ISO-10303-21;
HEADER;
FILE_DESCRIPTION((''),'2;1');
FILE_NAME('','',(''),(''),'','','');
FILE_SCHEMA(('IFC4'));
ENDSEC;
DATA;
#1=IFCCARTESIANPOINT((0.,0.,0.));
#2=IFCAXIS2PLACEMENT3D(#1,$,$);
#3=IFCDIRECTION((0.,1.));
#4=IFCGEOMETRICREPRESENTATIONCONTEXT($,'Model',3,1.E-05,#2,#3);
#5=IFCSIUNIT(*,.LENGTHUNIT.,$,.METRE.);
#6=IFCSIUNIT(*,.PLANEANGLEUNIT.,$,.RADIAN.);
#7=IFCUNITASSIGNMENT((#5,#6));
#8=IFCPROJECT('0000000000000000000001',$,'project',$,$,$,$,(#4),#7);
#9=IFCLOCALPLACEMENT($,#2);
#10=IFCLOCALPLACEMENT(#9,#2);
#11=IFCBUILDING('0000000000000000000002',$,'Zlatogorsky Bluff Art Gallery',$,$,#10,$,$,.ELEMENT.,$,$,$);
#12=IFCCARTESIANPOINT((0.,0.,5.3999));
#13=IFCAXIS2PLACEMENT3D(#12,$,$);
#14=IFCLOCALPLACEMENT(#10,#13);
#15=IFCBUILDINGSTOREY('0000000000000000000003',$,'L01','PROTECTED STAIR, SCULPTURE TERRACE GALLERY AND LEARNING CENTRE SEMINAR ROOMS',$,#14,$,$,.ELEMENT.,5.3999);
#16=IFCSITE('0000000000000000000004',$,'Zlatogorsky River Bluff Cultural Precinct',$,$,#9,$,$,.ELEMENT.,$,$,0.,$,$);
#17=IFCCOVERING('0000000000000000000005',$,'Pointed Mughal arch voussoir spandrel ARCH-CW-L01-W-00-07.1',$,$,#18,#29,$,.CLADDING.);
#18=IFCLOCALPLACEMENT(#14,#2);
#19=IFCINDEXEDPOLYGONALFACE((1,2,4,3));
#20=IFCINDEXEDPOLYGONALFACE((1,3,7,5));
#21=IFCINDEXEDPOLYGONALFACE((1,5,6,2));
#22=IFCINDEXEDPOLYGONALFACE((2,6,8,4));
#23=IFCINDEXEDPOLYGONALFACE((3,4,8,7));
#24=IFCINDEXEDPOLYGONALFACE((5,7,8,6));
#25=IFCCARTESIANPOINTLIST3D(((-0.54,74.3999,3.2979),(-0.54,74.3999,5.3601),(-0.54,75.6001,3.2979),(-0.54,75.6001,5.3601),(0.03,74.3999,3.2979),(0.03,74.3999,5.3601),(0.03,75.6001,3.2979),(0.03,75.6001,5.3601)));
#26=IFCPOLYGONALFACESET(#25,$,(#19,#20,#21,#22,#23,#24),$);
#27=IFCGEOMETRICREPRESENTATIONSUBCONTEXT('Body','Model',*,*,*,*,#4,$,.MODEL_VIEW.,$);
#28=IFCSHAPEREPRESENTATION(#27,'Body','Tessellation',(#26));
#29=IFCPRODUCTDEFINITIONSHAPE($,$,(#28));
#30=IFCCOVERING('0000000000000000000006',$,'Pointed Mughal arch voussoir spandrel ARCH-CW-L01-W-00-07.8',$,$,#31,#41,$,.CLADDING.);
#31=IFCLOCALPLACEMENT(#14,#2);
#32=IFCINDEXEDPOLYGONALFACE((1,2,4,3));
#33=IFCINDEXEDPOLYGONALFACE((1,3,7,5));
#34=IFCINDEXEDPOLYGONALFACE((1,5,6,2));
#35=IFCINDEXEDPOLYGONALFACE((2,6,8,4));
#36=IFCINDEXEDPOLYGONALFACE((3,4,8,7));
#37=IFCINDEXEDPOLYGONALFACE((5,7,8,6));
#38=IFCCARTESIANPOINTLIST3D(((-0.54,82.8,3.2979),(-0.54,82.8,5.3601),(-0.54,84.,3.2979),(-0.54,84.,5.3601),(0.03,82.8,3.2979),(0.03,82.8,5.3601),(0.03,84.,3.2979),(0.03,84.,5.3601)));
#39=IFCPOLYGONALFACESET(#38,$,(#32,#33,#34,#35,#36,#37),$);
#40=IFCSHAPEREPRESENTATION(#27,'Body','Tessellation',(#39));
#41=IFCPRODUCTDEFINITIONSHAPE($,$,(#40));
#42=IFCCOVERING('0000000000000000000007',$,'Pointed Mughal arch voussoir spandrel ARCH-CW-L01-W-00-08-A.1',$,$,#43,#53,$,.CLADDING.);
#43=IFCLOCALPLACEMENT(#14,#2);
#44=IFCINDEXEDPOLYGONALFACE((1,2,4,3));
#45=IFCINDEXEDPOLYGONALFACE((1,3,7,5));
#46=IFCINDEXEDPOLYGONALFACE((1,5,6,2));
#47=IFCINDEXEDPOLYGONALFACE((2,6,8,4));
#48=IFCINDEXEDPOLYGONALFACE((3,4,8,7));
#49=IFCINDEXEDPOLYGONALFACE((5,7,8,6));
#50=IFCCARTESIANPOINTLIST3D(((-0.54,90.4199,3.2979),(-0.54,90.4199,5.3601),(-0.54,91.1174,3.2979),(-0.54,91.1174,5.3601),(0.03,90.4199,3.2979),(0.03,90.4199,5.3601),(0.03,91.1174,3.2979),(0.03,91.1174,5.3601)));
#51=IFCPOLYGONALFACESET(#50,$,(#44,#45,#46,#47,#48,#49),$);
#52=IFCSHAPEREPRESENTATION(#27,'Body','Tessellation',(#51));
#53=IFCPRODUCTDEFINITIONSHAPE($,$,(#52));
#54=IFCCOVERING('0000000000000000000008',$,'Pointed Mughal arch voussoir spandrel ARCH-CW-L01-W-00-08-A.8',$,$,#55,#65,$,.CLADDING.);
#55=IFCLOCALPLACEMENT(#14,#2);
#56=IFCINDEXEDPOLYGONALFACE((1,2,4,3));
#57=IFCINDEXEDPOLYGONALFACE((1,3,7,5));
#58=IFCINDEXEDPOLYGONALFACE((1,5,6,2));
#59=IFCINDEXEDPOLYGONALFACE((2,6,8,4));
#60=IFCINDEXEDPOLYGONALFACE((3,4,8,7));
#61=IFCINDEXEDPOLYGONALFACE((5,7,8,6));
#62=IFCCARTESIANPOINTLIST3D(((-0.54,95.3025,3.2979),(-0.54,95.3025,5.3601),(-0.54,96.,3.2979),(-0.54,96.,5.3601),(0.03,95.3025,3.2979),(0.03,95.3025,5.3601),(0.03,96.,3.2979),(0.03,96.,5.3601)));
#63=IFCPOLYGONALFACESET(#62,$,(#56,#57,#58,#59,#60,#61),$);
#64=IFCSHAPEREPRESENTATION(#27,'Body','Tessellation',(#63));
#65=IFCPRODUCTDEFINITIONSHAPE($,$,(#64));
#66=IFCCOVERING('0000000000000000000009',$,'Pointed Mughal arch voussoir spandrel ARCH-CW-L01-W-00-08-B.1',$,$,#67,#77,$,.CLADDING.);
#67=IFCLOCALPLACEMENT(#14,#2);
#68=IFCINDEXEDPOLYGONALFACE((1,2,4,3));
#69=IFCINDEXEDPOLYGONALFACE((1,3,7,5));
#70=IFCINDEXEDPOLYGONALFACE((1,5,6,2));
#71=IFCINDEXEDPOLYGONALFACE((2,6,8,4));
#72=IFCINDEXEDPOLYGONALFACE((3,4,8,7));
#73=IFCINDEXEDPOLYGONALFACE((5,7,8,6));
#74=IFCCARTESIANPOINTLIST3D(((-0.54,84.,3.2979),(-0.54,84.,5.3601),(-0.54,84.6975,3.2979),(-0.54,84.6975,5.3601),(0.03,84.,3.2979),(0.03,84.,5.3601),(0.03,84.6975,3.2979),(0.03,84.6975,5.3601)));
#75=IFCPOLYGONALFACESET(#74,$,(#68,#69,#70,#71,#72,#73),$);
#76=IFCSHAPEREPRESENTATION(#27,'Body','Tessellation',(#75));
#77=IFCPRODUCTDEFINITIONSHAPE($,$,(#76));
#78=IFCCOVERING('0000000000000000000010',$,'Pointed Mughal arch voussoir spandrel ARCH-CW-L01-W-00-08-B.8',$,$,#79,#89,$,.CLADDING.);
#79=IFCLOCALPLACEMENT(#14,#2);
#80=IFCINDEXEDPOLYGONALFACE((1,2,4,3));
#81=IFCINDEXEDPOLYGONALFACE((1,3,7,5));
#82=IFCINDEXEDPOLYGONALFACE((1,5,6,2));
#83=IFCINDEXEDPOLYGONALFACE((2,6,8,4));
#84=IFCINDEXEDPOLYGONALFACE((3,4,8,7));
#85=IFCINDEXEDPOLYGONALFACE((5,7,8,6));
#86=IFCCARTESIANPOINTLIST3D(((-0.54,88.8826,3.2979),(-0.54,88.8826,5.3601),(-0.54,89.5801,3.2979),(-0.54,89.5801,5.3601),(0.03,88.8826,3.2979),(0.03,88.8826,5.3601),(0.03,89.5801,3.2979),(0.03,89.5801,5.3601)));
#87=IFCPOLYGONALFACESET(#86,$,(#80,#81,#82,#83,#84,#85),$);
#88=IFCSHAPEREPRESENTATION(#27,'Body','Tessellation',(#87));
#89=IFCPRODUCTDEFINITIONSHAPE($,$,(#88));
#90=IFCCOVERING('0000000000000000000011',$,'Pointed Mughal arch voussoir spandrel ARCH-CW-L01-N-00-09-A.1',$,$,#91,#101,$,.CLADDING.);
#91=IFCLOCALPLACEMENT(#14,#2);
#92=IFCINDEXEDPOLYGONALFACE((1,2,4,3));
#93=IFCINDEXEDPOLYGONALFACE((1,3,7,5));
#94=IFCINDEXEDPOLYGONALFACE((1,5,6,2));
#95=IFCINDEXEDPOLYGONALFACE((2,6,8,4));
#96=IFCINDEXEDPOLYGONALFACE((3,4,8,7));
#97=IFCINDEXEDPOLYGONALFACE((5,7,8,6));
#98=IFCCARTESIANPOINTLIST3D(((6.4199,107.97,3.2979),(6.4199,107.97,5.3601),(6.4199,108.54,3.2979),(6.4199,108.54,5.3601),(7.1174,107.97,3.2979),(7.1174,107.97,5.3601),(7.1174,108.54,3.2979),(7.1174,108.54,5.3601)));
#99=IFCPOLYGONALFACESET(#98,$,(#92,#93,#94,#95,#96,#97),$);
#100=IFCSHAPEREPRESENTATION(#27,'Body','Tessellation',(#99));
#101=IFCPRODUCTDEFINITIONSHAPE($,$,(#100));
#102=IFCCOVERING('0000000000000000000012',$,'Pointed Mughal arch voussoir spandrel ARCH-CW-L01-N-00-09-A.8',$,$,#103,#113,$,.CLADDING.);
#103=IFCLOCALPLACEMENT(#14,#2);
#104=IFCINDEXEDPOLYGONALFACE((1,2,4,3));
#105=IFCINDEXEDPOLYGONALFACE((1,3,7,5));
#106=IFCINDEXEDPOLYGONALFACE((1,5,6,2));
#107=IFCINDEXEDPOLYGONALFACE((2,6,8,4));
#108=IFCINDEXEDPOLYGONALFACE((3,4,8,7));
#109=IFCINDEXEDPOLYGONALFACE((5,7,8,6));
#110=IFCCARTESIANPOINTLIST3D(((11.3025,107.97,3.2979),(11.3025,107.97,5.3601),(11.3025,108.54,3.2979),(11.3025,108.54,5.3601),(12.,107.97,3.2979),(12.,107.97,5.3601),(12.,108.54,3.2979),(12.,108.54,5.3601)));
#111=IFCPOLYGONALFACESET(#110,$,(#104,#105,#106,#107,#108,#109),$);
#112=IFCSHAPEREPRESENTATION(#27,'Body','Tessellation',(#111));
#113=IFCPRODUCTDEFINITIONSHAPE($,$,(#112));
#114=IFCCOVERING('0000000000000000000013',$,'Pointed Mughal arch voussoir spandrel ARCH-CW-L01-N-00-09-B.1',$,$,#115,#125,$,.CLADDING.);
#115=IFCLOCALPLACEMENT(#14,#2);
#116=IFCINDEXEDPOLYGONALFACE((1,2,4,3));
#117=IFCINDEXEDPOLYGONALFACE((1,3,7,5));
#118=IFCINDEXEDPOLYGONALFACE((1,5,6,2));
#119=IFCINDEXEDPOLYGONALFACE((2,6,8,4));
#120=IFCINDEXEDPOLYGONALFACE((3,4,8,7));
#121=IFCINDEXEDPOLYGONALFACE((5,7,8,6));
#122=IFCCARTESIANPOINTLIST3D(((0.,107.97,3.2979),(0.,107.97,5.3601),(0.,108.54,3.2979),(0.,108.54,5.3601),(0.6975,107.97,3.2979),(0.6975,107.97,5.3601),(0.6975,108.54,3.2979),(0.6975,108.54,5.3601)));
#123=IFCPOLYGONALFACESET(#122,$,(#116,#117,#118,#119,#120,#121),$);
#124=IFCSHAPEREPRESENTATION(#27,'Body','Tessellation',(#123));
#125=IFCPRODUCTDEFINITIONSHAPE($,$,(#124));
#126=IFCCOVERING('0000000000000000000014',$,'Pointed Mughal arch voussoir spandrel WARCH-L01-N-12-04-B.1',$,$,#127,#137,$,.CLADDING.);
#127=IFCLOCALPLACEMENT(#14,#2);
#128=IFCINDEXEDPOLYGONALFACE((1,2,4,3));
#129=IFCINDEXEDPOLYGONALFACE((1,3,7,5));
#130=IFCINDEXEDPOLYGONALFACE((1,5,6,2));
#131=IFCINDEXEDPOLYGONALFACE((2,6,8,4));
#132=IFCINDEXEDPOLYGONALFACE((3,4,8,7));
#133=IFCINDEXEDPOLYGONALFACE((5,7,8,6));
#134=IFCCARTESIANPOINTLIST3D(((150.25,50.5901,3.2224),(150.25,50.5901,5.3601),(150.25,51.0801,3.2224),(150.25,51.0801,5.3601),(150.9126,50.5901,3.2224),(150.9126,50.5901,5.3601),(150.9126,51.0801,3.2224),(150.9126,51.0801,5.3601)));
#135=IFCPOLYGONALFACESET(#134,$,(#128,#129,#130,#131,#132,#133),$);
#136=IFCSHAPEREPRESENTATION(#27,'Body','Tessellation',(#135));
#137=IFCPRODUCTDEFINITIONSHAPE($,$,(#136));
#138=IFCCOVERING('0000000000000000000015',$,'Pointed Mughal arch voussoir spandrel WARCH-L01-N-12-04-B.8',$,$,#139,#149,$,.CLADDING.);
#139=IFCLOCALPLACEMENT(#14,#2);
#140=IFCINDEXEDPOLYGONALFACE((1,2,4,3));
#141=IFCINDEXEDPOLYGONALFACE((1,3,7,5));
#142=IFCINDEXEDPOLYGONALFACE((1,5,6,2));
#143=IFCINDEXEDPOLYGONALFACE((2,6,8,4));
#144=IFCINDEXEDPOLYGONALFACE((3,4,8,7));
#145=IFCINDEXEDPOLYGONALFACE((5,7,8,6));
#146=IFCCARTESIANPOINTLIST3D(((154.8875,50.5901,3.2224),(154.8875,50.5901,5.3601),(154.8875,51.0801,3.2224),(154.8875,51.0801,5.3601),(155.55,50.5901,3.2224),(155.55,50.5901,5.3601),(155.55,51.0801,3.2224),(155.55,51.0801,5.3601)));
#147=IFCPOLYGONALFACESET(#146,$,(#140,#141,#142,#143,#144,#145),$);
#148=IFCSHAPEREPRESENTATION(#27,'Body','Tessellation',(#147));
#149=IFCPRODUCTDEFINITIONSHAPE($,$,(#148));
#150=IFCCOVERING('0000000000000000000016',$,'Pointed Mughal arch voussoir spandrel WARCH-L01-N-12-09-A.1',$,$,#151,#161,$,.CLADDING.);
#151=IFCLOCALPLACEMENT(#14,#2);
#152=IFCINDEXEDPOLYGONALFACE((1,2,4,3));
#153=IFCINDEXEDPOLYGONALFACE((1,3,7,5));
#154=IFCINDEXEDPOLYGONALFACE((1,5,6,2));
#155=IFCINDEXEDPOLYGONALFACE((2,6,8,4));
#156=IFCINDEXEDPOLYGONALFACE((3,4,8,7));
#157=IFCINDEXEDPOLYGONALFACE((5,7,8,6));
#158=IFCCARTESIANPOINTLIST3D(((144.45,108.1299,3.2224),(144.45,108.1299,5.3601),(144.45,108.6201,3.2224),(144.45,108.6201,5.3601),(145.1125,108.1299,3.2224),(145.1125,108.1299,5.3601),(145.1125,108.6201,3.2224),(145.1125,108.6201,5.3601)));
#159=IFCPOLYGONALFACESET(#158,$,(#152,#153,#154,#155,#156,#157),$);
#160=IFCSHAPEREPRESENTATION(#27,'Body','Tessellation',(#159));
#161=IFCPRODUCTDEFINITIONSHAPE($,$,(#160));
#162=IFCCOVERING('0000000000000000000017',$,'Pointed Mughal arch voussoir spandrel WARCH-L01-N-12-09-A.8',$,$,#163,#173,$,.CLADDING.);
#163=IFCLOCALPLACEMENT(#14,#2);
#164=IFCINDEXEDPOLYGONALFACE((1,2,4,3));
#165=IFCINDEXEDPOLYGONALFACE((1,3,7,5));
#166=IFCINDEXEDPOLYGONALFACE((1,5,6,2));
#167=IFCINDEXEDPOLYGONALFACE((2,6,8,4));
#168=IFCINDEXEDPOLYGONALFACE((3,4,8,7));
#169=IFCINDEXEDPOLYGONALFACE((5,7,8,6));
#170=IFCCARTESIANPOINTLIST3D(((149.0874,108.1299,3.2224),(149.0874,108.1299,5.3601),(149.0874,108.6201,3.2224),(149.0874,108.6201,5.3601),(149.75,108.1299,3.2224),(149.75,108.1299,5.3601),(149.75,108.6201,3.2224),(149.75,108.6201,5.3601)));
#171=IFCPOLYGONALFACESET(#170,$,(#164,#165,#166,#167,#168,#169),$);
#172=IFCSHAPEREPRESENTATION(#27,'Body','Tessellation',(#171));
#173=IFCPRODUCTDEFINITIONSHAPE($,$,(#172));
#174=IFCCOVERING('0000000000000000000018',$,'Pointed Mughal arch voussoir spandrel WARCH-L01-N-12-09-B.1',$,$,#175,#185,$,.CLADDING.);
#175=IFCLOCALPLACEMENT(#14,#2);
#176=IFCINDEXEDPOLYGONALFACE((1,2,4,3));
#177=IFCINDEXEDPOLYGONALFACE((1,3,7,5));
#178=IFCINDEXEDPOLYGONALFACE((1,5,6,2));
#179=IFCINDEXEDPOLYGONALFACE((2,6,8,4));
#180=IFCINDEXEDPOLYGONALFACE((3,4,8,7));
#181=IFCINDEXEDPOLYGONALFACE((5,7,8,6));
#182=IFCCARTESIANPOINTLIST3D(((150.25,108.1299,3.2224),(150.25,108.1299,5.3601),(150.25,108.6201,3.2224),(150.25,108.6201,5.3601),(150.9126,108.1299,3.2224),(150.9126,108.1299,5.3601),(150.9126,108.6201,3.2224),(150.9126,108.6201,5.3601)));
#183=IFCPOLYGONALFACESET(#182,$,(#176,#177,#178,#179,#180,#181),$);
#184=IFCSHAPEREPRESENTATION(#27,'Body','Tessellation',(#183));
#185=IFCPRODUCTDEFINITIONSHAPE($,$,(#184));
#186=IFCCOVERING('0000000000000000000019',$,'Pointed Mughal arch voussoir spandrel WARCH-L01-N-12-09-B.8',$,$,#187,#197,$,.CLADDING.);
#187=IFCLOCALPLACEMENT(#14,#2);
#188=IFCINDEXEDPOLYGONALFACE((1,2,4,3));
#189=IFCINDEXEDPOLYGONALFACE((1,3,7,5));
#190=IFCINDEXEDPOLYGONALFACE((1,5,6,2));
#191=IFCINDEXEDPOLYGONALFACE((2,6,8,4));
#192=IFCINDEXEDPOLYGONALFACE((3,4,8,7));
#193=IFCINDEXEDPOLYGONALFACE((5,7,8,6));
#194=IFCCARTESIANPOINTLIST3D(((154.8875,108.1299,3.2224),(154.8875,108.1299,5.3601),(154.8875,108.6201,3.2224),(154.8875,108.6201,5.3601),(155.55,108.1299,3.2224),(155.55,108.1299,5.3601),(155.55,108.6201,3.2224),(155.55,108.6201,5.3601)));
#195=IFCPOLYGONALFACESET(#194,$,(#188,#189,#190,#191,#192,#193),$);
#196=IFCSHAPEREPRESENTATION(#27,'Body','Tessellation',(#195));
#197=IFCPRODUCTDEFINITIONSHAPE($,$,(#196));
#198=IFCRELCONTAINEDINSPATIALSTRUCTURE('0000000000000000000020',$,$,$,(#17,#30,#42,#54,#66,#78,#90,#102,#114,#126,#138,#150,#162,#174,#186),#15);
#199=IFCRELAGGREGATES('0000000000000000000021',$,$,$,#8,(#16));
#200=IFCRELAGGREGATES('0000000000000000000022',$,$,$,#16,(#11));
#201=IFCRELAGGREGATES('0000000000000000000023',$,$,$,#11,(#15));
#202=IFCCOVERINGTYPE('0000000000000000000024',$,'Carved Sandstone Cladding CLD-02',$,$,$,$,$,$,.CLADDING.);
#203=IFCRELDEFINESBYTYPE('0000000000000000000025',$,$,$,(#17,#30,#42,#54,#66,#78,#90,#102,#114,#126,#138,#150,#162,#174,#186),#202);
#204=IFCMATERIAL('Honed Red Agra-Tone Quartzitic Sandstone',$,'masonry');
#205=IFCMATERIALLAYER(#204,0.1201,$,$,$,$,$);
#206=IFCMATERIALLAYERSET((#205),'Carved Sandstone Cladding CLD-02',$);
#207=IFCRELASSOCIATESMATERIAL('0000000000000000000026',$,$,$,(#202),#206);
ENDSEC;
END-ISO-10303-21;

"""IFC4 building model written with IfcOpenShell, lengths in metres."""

from ifc_helpers import new_model, si_unit, direction, frame, origin, place, context, subcontext, project, spatial, polyline, outline, extrude, material, layer, layer_set, type_object, element, save


model = new_model("IFC4")

# Units and contexts
model_context = context("Model", 3, precision=1e-05, world=origin(), true_north=direction((0.0, 1.0)))
body_context = subcontext(model_context, "Body", "Model", "MODEL_VIEW")
ifc_project = project(units=[si_unit("LENGTHUNIT", "METRE"), si_unit("PLANEANGLEUNIT", "RADIAN")], contexts=[model_context])

# Site, building, storey
site_placement = place(None, origin())
site = spatial("IfcSite", under=ifc_project, at=site_placement, Name="Zlatogorsky River Bluff Cultural Precinct", CompositionType="ELEMENT", RefElevation=0.0)
building_placement = place(site_placement, origin())
building = spatial("IfcBuilding", under=site, at=building_placement, Name="Zlatogorsky Bluff Art Gallery", CompositionType="ELEMENT")
storey_placement = place(building_placement, frame((0.0, 0.0, 5.3999)))
storey = spatial("IfcBuildingStorey", under=building, at=storey_placement, Name="L01", Description="PROTECTED STAIR, SCULPTURE TERRACE GALLERY AND LEARNING CENTRE SEMINAR ROOMS", CompositionType="ELEMENT", Elevation=5.3999)

# Coverings
ifc_material = material(Name="Honed Red Agra-Tone Quartzitic Sandstone", Category="masonry")
ifc_layer = layer(ifc_material, 0.1201)
ifc_layer_set = layer_set([ifc_layer], Name="Carved Sandstone Cladding CLD-02")
covering_type = type_object("IfcCoveringType", Name="Carved Sandstone Cladding CLD-02", PredefinedType="CLADDING", material=ifc_layer_set)
covering_1_placement = place(storey_placement, frame((0.0, 0.0, 3.2979)))
element("IfcCovering", 1, at=covering_1_placement, inside=storey, type_object=covering_type, Name="Pointed Mughal arch voussoir spandrel ARCH-CW-L01-W-00-07.1", PredefinedType="CLADDING", context=body_context, shape_type="SweptSolid", body=[
    extrude(outline(polyline([(-0.54, 74.3999), (-0.54, 75.6001), (0.03, 75.6001), (0.03, 74.3999), (-0.54, 74.3999)])), origin(), (0.0, 0.0, 1.0), 2.0623),
])
covering_2_placement = place(storey_placement, frame((0.0, 0.0, 3.2979)))
element("IfcCovering", 2, at=covering_2_placement, inside=storey, type_object=covering_type, Name="Pointed Mughal arch voussoir spandrel ARCH-CW-L01-W-00-07.8", PredefinedType="CLADDING", context=body_context, shape_type="SweptSolid", body=[
    extrude(outline(polyline([(-0.54, 82.8), (-0.54, 84.0), (0.03, 84.0), (0.03, 82.8), (-0.54, 82.8)])), origin(), (0.0, 0.0, 1.0), 2.0623),
])
covering_3_placement = place(storey_placement, frame((0.0, 0.0, 3.2979)))
element("IfcCovering", 3, at=covering_3_placement, inside=storey, type_object=covering_type, Name="Pointed Mughal arch voussoir spandrel ARCH-CW-L01-W-00-08-A.1", PredefinedType="CLADDING", context=body_context, shape_type="SweptSolid", body=[
    extrude(outline(polyline([(-0.54, 90.4199), (-0.54, 91.1174), (0.03, 91.1174), (0.03, 90.4199), (-0.54, 90.4199)])), origin(), (0.0, 0.0, 1.0), 2.0623),
])
covering_4_placement = place(storey_placement, frame((0.0, 0.0, 3.2979)))
element("IfcCovering", 4, at=covering_4_placement, inside=storey, type_object=covering_type, Name="Pointed Mughal arch voussoir spandrel ARCH-CW-L01-W-00-08-A.8", PredefinedType="CLADDING", context=body_context, shape_type="SweptSolid", body=[
    extrude(outline(polyline([(-0.54, 95.3025), (-0.54, 96.0), (0.03, 96.0), (0.03, 95.3025), (-0.54, 95.3025)])), origin(), (0.0, 0.0, 1.0), 2.0623),
])
covering_5_placement = place(storey_placement, frame((0.0, 0.0, 3.2979)))
element("IfcCovering", 5, at=covering_5_placement, inside=storey, type_object=covering_type, Name="Pointed Mughal arch voussoir spandrel ARCH-CW-L01-W-00-08-B.1", PredefinedType="CLADDING", context=body_context, shape_type="SweptSolid", body=[
    extrude(outline(polyline([(-0.54, 84.0), (-0.54, 84.6975), (0.03, 84.6975), (0.03, 84.0), (-0.54, 84.0)])), origin(), (0.0, 0.0, 1.0), 2.0623),
])
covering_6_placement = place(storey_placement, frame((0.0, 0.0, 3.2979)))
element("IfcCovering", 6, at=covering_6_placement, inside=storey, type_object=covering_type, Name="Pointed Mughal arch voussoir spandrel ARCH-CW-L01-W-00-08-B.8", PredefinedType="CLADDING", context=body_context, shape_type="SweptSolid", body=[
    extrude(outline(polyline([(-0.54, 88.8826), (-0.54, 89.5801), (0.03, 89.5801), (0.03, 88.8826), (-0.54, 88.8826)])), origin(), (0.0, 0.0, 1.0), 2.0623),
])
covering_7_placement = place(storey_placement, frame((0.0, 0.0, 3.2979)))
element("IfcCovering", 7, at=covering_7_placement, inside=storey, type_object=covering_type, Name="Pointed Mughal arch voussoir spandrel ARCH-CW-L01-N-00-09-A.1", PredefinedType="CLADDING", context=body_context, shape_type="SweptSolid", body=[
    extrude(outline(polyline([(6.4199, 107.97), (7.1174, 107.97), (7.1174, 108.54), (6.4199, 108.54), (6.4199, 107.97)])), origin(), (0.0, 0.0, 1.0), 2.0623),
])
covering_8_placement = place(storey_placement, frame((0.0, 0.0, 3.2979)))
element("IfcCovering", 8, at=covering_8_placement, inside=storey, type_object=covering_type, Name="Pointed Mughal arch voussoir spandrel ARCH-CW-L01-N-00-09-A.8", PredefinedType="CLADDING", context=body_context, shape_type="SweptSolid", body=[
    extrude(outline(polyline([(11.3025, 107.97), (12.0, 107.97), (12.0, 108.54), (11.3025, 108.54), (11.3025, 107.97)])), origin(), (0.0, 0.0, 1.0), 2.0623),
])
covering_9_placement = place(storey_placement, frame((0.0, 0.0, 3.2979)))
element("IfcCovering", 9, at=covering_9_placement, inside=storey, type_object=covering_type, Name="Pointed Mughal arch voussoir spandrel ARCH-CW-L01-N-00-09-B.1", PredefinedType="CLADDING", context=body_context, shape_type="SweptSolid", body=[
    extrude(outline(polyline([(0.0, 107.97), (0.6975, 107.97), (0.6975, 108.54), (0.0, 108.54), (0.0, 107.97)])), origin(), (0.0, 0.0, 1.0), 2.0623),
])
covering_10_placement = place(storey_placement, frame((0.0, 0.0, 3.2224)))
element("IfcCovering", 10, at=covering_10_placement, inside=storey, type_object=covering_type, Name="Pointed Mughal arch voussoir spandrel WARCH-L01-N-12-04-B.1", PredefinedType="CLADDING", context=body_context, shape_type="SweptSolid", body=[
    extrude(outline(polyline([(150.25, 50.5901), (150.9126, 50.5901), (150.9126, 51.0801), (150.25, 51.0801), (150.25, 50.5901)])), origin(), (0.0, 0.0, 1.0), 2.1377),
])
covering_11_placement = place(storey_placement, frame((0.0, 0.0, 3.2224)))
element("IfcCovering", 11, at=covering_11_placement, inside=storey, type_object=covering_type, Name="Pointed Mughal arch voussoir spandrel WARCH-L01-N-12-04-B.8", PredefinedType="CLADDING", context=body_context, shape_type="SweptSolid", body=[
    extrude(outline(polyline([(154.8875, 50.5901), (155.55, 50.5901), (155.55, 51.0801), (154.8875, 51.0801), (154.8875, 50.5901)])), origin(), (0.0, 0.0, 1.0), 2.1377),
])
covering_12_placement = place(storey_placement, frame((0.0, 0.0, 3.2224)))
element("IfcCovering", 12, at=covering_12_placement, inside=storey, type_object=covering_type, Name="Pointed Mughal arch voussoir spandrel WARCH-L01-N-12-09-A.1", PredefinedType="CLADDING", context=body_context, shape_type="SweptSolid", body=[
    extrude(outline(polyline([(144.45, 108.1299), (145.1125, 108.1299), (145.1125, 108.6201), (144.45, 108.6201), (144.45, 108.1299)])), origin(), (0.0, 0.0, 1.0), 2.1377),
])
covering_13_placement = place(storey_placement, frame((0.0, 0.0, 3.2224)))
element("IfcCovering", 13, at=covering_13_placement, inside=storey, type_object=covering_type, Name="Pointed Mughal arch voussoir spandrel WARCH-L01-N-12-09-A.8", PredefinedType="CLADDING", context=body_context, shape_type="SweptSolid", body=[
    extrude(outline(polyline([(149.0874, 108.1299), (149.75, 108.1299), (149.75, 108.6201), (149.0874, 108.6201), (149.0874, 108.1299)])), origin(), (0.0, 0.0, 1.0), 2.1377),
])
covering_14_placement = place(storey_placement, frame((0.0, 0.0, 3.2224)))
element("IfcCovering", 14, at=covering_14_placement, inside=storey, type_object=covering_type, Name="Pointed Mughal arch voussoir spandrel WARCH-L01-N-12-09-B.1", PredefinedType="CLADDING", context=body_context, shape_type="SweptSolid", body=[
    extrude(outline(polyline([(150.25, 108.1299), (150.9126, 108.1299), (150.9126, 108.6201), (150.25, 108.6201), (150.25, 108.1299)])), origin(), (0.0, 0.0, 1.0), 2.1377),
])
covering_15_placement = place(storey_placement, frame((0.0, 0.0, 3.2224)))
element("IfcCovering", 15, at=covering_15_placement, inside=storey, type_object=covering_type, Name="Pointed Mughal arch voussoir spandrel WARCH-L01-N-12-09-B.8", PredefinedType="CLADDING", context=body_context, shape_type="SweptSolid", body=[
    extrude(outline(polyline([(154.8875, 108.1299), (155.55, 108.1299), (155.55, 108.6201), (154.8875, 108.6201), (154.8875, 108.1299)])), origin(), (0.0, 0.0, 1.0), 2.1377),
])

save(model, "model.ifc")
